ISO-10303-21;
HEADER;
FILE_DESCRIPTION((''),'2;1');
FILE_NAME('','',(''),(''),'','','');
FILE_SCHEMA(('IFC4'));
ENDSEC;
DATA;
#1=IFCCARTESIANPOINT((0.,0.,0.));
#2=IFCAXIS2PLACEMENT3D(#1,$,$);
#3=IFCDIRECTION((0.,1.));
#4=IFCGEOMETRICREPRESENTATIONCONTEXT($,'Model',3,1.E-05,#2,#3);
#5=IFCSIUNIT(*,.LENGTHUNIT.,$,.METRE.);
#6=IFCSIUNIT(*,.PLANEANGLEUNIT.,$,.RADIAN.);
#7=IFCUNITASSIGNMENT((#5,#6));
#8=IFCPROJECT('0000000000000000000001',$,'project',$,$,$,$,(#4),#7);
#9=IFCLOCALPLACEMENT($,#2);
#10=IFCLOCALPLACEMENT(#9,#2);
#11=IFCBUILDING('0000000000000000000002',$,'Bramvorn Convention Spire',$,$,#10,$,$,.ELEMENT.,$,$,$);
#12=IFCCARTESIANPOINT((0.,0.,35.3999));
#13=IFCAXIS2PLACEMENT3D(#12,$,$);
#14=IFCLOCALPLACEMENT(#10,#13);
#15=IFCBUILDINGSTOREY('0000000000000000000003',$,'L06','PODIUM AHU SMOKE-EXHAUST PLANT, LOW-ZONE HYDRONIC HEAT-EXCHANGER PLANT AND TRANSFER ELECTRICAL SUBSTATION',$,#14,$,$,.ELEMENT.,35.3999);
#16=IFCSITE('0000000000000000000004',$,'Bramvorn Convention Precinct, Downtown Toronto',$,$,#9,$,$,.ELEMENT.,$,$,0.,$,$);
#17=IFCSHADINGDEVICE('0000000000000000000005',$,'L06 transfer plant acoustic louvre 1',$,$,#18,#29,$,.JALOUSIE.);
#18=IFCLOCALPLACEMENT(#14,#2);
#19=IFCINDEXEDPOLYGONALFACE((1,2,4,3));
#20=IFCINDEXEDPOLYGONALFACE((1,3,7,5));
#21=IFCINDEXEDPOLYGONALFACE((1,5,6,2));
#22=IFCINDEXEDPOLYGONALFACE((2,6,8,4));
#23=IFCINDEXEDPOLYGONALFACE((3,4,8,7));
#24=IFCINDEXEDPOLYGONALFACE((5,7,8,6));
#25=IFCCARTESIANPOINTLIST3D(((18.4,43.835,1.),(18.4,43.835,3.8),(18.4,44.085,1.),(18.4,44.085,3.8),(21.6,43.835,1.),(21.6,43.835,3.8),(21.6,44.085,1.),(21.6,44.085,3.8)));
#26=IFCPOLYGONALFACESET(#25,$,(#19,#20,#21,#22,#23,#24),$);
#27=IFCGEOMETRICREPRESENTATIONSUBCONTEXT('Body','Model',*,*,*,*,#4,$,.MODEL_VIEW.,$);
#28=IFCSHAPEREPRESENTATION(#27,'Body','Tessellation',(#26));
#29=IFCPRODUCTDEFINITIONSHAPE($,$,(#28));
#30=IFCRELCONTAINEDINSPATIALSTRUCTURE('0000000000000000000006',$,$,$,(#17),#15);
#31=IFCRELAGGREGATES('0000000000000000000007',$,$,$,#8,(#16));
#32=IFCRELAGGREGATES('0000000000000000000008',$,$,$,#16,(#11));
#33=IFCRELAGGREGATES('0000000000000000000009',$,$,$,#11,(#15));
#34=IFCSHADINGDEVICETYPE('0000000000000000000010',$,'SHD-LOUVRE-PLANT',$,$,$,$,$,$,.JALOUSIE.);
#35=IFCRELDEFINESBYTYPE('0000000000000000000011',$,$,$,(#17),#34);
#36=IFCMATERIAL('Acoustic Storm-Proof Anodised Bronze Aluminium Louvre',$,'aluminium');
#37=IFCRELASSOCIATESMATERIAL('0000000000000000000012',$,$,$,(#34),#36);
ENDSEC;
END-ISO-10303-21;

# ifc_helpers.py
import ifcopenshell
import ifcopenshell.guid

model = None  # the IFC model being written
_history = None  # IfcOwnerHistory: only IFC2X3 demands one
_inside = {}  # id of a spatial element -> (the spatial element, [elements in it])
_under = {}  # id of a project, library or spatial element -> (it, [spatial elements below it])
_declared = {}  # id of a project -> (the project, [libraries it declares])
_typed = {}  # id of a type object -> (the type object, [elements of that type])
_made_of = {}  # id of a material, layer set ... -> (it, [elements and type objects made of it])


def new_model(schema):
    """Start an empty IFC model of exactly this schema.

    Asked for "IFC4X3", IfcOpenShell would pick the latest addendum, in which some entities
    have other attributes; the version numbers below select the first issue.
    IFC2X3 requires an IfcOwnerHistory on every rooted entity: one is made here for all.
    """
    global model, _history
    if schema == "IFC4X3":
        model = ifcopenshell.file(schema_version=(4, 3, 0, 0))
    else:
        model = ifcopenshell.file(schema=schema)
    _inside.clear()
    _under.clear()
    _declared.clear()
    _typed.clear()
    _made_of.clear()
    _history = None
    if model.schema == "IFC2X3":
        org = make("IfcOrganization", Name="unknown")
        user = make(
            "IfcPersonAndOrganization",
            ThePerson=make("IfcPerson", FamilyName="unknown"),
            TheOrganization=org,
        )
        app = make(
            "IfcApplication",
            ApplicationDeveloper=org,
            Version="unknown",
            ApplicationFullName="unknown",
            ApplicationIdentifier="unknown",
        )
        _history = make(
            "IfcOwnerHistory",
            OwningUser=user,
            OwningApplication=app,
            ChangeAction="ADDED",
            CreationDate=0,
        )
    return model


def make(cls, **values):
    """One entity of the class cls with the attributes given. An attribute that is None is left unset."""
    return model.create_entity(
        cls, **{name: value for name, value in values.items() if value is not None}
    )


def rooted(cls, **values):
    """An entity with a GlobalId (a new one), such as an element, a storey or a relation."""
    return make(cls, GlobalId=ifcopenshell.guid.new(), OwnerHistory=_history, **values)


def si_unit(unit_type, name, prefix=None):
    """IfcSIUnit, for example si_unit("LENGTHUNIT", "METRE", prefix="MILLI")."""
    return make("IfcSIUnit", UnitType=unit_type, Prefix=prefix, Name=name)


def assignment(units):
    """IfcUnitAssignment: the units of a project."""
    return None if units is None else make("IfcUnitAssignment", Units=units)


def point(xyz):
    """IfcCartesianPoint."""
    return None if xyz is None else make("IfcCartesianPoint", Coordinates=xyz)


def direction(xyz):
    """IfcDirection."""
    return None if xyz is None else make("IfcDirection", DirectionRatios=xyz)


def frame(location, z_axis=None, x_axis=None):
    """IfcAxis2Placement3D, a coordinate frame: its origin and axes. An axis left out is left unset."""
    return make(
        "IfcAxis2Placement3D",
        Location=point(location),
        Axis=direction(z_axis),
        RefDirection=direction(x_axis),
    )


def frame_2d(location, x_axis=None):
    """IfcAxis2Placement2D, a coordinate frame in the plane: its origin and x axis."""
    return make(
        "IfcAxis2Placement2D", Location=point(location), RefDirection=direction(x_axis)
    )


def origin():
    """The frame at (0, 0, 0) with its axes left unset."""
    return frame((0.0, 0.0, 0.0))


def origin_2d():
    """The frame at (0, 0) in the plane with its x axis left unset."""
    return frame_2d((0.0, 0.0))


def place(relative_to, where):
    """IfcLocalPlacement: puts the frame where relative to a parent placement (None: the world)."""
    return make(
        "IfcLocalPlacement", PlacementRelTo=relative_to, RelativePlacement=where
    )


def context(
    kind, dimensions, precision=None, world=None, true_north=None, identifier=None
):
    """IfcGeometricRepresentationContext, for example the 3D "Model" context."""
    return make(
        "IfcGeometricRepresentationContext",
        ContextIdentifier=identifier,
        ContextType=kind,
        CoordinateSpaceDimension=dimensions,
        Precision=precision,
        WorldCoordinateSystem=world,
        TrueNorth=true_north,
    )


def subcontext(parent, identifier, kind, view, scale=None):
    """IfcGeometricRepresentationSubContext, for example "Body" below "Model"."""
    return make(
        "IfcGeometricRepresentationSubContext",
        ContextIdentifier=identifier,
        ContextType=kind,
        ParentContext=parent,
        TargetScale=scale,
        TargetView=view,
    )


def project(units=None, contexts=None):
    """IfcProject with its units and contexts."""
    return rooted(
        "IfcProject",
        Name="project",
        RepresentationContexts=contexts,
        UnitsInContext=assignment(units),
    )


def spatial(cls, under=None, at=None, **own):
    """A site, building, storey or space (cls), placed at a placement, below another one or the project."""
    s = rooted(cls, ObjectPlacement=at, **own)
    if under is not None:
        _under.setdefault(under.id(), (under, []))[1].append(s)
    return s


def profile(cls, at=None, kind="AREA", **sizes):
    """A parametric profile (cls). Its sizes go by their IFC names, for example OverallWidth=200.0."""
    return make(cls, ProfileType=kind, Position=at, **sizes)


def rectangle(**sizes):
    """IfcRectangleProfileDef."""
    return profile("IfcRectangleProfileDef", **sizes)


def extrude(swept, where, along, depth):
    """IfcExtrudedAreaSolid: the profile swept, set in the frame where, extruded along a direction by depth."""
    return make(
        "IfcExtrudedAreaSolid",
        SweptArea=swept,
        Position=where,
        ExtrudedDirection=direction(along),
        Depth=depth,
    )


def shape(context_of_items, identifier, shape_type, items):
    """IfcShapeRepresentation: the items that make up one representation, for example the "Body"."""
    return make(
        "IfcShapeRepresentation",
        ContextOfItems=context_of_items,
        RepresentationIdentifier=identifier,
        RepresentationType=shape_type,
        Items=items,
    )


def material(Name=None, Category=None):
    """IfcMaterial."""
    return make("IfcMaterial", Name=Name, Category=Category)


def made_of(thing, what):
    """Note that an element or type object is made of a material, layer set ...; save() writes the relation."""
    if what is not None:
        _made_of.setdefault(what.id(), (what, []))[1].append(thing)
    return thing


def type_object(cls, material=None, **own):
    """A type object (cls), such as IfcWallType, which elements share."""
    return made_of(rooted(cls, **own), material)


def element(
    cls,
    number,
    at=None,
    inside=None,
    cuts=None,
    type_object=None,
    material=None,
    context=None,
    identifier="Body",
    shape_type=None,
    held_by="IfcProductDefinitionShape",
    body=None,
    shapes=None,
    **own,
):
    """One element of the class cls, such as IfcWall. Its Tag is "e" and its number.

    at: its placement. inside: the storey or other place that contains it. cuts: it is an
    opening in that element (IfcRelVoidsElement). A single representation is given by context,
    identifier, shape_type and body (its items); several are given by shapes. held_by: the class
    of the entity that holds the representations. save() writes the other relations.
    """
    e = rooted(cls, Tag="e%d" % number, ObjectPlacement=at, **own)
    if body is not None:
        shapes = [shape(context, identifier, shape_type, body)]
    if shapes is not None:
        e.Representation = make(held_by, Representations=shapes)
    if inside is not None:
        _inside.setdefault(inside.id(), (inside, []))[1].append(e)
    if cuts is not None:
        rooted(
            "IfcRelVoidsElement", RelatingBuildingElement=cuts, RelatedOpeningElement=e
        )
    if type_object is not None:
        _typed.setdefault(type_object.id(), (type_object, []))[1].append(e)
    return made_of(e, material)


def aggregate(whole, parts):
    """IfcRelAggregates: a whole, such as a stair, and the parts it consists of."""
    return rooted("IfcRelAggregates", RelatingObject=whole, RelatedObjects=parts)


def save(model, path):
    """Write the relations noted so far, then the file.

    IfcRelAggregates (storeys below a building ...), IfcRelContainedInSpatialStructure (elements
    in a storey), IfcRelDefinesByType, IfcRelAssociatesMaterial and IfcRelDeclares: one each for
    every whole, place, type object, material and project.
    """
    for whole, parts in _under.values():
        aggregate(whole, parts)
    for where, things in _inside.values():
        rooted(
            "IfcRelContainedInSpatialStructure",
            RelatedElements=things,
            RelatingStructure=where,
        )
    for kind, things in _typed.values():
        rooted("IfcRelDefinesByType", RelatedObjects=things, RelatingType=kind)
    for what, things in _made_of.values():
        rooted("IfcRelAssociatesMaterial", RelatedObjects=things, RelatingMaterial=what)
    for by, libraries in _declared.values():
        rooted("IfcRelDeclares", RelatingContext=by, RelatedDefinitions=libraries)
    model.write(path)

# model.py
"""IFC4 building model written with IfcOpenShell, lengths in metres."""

from ifc_helpers import new_model, si_unit, direction, frame, origin, origin_2d, place, context, subcontext, project, spatial, rectangle, extrude, material, type_object, element, save


model = new_model("IFC4")

# Units and contexts
model_context = context("Model", 3, precision=1e-05, world=origin(), true_north=direction((0.0, 1.0)))
body_context = subcontext(model_context, "Body", "Model", "MODEL_VIEW")
ifc_project = project(units=[si_unit("LENGTHUNIT", "METRE"), si_unit("PLANEANGLEUNIT", "RADIAN")], contexts=[model_context])

# Site, building, storey
site_placement = place(None, origin())
site = spatial("IfcSite", under=ifc_project, at=site_placement, Name="Bramvorn Convention Precinct, Downtown Toronto", CompositionType="ELEMENT", RefElevation=0.0)
building_placement = place(site_placement, origin())
building = spatial("IfcBuilding", under=site, at=building_placement, Name="Bramvorn Convention Spire", CompositionType="ELEMENT")
storey_placement = place(building_placement, frame((0.0, 0.0, 35.3999)))
storey = spatial("IfcBuildingStorey", under=building, at=storey_placement, Name="L06", Description="PODIUM AHU SMOKE-EXHAUST PLANT, LOW-ZONE HYDRONIC HEAT-EXCHANGER PLANT AND TRANSFER ELECTRICAL SUBSTATION", CompositionType="ELEMENT", Elevation=35.3999)

# Shading device
ifc_material_1 = material(Name="Acoustic Storm-Proof Anodised Bronze Aluminium Louvre", Category="aluminium")
shading_device_type = type_object("IfcShadingDeviceType", Name="SHD-LOUVRE-PLANT", PredefinedType="JALOUSIE", material=ifc_material_1)
shading_device_placement = place(storey_placement, frame((20.0, 43.96, 1.0), z_axis=(0.0, 0.0, 1.0), x_axis=(1.0, 0.0, 0.0)))
element("IfcShadingDevice", 1, at=shading_device_placement, inside=storey, type_object=shading_device_type, Name="L06 transfer plant acoustic louvre 1", PredefinedType="JALOUSIE", context=body_context, shape_type="SweptSolid", body=[
    extrude(rectangle(XDim=3.2, YDim=0.25, at=origin_2d()), origin(), (0.0, 0.0, 1.0), 2.8),
])

save(model, "model.ifc")
